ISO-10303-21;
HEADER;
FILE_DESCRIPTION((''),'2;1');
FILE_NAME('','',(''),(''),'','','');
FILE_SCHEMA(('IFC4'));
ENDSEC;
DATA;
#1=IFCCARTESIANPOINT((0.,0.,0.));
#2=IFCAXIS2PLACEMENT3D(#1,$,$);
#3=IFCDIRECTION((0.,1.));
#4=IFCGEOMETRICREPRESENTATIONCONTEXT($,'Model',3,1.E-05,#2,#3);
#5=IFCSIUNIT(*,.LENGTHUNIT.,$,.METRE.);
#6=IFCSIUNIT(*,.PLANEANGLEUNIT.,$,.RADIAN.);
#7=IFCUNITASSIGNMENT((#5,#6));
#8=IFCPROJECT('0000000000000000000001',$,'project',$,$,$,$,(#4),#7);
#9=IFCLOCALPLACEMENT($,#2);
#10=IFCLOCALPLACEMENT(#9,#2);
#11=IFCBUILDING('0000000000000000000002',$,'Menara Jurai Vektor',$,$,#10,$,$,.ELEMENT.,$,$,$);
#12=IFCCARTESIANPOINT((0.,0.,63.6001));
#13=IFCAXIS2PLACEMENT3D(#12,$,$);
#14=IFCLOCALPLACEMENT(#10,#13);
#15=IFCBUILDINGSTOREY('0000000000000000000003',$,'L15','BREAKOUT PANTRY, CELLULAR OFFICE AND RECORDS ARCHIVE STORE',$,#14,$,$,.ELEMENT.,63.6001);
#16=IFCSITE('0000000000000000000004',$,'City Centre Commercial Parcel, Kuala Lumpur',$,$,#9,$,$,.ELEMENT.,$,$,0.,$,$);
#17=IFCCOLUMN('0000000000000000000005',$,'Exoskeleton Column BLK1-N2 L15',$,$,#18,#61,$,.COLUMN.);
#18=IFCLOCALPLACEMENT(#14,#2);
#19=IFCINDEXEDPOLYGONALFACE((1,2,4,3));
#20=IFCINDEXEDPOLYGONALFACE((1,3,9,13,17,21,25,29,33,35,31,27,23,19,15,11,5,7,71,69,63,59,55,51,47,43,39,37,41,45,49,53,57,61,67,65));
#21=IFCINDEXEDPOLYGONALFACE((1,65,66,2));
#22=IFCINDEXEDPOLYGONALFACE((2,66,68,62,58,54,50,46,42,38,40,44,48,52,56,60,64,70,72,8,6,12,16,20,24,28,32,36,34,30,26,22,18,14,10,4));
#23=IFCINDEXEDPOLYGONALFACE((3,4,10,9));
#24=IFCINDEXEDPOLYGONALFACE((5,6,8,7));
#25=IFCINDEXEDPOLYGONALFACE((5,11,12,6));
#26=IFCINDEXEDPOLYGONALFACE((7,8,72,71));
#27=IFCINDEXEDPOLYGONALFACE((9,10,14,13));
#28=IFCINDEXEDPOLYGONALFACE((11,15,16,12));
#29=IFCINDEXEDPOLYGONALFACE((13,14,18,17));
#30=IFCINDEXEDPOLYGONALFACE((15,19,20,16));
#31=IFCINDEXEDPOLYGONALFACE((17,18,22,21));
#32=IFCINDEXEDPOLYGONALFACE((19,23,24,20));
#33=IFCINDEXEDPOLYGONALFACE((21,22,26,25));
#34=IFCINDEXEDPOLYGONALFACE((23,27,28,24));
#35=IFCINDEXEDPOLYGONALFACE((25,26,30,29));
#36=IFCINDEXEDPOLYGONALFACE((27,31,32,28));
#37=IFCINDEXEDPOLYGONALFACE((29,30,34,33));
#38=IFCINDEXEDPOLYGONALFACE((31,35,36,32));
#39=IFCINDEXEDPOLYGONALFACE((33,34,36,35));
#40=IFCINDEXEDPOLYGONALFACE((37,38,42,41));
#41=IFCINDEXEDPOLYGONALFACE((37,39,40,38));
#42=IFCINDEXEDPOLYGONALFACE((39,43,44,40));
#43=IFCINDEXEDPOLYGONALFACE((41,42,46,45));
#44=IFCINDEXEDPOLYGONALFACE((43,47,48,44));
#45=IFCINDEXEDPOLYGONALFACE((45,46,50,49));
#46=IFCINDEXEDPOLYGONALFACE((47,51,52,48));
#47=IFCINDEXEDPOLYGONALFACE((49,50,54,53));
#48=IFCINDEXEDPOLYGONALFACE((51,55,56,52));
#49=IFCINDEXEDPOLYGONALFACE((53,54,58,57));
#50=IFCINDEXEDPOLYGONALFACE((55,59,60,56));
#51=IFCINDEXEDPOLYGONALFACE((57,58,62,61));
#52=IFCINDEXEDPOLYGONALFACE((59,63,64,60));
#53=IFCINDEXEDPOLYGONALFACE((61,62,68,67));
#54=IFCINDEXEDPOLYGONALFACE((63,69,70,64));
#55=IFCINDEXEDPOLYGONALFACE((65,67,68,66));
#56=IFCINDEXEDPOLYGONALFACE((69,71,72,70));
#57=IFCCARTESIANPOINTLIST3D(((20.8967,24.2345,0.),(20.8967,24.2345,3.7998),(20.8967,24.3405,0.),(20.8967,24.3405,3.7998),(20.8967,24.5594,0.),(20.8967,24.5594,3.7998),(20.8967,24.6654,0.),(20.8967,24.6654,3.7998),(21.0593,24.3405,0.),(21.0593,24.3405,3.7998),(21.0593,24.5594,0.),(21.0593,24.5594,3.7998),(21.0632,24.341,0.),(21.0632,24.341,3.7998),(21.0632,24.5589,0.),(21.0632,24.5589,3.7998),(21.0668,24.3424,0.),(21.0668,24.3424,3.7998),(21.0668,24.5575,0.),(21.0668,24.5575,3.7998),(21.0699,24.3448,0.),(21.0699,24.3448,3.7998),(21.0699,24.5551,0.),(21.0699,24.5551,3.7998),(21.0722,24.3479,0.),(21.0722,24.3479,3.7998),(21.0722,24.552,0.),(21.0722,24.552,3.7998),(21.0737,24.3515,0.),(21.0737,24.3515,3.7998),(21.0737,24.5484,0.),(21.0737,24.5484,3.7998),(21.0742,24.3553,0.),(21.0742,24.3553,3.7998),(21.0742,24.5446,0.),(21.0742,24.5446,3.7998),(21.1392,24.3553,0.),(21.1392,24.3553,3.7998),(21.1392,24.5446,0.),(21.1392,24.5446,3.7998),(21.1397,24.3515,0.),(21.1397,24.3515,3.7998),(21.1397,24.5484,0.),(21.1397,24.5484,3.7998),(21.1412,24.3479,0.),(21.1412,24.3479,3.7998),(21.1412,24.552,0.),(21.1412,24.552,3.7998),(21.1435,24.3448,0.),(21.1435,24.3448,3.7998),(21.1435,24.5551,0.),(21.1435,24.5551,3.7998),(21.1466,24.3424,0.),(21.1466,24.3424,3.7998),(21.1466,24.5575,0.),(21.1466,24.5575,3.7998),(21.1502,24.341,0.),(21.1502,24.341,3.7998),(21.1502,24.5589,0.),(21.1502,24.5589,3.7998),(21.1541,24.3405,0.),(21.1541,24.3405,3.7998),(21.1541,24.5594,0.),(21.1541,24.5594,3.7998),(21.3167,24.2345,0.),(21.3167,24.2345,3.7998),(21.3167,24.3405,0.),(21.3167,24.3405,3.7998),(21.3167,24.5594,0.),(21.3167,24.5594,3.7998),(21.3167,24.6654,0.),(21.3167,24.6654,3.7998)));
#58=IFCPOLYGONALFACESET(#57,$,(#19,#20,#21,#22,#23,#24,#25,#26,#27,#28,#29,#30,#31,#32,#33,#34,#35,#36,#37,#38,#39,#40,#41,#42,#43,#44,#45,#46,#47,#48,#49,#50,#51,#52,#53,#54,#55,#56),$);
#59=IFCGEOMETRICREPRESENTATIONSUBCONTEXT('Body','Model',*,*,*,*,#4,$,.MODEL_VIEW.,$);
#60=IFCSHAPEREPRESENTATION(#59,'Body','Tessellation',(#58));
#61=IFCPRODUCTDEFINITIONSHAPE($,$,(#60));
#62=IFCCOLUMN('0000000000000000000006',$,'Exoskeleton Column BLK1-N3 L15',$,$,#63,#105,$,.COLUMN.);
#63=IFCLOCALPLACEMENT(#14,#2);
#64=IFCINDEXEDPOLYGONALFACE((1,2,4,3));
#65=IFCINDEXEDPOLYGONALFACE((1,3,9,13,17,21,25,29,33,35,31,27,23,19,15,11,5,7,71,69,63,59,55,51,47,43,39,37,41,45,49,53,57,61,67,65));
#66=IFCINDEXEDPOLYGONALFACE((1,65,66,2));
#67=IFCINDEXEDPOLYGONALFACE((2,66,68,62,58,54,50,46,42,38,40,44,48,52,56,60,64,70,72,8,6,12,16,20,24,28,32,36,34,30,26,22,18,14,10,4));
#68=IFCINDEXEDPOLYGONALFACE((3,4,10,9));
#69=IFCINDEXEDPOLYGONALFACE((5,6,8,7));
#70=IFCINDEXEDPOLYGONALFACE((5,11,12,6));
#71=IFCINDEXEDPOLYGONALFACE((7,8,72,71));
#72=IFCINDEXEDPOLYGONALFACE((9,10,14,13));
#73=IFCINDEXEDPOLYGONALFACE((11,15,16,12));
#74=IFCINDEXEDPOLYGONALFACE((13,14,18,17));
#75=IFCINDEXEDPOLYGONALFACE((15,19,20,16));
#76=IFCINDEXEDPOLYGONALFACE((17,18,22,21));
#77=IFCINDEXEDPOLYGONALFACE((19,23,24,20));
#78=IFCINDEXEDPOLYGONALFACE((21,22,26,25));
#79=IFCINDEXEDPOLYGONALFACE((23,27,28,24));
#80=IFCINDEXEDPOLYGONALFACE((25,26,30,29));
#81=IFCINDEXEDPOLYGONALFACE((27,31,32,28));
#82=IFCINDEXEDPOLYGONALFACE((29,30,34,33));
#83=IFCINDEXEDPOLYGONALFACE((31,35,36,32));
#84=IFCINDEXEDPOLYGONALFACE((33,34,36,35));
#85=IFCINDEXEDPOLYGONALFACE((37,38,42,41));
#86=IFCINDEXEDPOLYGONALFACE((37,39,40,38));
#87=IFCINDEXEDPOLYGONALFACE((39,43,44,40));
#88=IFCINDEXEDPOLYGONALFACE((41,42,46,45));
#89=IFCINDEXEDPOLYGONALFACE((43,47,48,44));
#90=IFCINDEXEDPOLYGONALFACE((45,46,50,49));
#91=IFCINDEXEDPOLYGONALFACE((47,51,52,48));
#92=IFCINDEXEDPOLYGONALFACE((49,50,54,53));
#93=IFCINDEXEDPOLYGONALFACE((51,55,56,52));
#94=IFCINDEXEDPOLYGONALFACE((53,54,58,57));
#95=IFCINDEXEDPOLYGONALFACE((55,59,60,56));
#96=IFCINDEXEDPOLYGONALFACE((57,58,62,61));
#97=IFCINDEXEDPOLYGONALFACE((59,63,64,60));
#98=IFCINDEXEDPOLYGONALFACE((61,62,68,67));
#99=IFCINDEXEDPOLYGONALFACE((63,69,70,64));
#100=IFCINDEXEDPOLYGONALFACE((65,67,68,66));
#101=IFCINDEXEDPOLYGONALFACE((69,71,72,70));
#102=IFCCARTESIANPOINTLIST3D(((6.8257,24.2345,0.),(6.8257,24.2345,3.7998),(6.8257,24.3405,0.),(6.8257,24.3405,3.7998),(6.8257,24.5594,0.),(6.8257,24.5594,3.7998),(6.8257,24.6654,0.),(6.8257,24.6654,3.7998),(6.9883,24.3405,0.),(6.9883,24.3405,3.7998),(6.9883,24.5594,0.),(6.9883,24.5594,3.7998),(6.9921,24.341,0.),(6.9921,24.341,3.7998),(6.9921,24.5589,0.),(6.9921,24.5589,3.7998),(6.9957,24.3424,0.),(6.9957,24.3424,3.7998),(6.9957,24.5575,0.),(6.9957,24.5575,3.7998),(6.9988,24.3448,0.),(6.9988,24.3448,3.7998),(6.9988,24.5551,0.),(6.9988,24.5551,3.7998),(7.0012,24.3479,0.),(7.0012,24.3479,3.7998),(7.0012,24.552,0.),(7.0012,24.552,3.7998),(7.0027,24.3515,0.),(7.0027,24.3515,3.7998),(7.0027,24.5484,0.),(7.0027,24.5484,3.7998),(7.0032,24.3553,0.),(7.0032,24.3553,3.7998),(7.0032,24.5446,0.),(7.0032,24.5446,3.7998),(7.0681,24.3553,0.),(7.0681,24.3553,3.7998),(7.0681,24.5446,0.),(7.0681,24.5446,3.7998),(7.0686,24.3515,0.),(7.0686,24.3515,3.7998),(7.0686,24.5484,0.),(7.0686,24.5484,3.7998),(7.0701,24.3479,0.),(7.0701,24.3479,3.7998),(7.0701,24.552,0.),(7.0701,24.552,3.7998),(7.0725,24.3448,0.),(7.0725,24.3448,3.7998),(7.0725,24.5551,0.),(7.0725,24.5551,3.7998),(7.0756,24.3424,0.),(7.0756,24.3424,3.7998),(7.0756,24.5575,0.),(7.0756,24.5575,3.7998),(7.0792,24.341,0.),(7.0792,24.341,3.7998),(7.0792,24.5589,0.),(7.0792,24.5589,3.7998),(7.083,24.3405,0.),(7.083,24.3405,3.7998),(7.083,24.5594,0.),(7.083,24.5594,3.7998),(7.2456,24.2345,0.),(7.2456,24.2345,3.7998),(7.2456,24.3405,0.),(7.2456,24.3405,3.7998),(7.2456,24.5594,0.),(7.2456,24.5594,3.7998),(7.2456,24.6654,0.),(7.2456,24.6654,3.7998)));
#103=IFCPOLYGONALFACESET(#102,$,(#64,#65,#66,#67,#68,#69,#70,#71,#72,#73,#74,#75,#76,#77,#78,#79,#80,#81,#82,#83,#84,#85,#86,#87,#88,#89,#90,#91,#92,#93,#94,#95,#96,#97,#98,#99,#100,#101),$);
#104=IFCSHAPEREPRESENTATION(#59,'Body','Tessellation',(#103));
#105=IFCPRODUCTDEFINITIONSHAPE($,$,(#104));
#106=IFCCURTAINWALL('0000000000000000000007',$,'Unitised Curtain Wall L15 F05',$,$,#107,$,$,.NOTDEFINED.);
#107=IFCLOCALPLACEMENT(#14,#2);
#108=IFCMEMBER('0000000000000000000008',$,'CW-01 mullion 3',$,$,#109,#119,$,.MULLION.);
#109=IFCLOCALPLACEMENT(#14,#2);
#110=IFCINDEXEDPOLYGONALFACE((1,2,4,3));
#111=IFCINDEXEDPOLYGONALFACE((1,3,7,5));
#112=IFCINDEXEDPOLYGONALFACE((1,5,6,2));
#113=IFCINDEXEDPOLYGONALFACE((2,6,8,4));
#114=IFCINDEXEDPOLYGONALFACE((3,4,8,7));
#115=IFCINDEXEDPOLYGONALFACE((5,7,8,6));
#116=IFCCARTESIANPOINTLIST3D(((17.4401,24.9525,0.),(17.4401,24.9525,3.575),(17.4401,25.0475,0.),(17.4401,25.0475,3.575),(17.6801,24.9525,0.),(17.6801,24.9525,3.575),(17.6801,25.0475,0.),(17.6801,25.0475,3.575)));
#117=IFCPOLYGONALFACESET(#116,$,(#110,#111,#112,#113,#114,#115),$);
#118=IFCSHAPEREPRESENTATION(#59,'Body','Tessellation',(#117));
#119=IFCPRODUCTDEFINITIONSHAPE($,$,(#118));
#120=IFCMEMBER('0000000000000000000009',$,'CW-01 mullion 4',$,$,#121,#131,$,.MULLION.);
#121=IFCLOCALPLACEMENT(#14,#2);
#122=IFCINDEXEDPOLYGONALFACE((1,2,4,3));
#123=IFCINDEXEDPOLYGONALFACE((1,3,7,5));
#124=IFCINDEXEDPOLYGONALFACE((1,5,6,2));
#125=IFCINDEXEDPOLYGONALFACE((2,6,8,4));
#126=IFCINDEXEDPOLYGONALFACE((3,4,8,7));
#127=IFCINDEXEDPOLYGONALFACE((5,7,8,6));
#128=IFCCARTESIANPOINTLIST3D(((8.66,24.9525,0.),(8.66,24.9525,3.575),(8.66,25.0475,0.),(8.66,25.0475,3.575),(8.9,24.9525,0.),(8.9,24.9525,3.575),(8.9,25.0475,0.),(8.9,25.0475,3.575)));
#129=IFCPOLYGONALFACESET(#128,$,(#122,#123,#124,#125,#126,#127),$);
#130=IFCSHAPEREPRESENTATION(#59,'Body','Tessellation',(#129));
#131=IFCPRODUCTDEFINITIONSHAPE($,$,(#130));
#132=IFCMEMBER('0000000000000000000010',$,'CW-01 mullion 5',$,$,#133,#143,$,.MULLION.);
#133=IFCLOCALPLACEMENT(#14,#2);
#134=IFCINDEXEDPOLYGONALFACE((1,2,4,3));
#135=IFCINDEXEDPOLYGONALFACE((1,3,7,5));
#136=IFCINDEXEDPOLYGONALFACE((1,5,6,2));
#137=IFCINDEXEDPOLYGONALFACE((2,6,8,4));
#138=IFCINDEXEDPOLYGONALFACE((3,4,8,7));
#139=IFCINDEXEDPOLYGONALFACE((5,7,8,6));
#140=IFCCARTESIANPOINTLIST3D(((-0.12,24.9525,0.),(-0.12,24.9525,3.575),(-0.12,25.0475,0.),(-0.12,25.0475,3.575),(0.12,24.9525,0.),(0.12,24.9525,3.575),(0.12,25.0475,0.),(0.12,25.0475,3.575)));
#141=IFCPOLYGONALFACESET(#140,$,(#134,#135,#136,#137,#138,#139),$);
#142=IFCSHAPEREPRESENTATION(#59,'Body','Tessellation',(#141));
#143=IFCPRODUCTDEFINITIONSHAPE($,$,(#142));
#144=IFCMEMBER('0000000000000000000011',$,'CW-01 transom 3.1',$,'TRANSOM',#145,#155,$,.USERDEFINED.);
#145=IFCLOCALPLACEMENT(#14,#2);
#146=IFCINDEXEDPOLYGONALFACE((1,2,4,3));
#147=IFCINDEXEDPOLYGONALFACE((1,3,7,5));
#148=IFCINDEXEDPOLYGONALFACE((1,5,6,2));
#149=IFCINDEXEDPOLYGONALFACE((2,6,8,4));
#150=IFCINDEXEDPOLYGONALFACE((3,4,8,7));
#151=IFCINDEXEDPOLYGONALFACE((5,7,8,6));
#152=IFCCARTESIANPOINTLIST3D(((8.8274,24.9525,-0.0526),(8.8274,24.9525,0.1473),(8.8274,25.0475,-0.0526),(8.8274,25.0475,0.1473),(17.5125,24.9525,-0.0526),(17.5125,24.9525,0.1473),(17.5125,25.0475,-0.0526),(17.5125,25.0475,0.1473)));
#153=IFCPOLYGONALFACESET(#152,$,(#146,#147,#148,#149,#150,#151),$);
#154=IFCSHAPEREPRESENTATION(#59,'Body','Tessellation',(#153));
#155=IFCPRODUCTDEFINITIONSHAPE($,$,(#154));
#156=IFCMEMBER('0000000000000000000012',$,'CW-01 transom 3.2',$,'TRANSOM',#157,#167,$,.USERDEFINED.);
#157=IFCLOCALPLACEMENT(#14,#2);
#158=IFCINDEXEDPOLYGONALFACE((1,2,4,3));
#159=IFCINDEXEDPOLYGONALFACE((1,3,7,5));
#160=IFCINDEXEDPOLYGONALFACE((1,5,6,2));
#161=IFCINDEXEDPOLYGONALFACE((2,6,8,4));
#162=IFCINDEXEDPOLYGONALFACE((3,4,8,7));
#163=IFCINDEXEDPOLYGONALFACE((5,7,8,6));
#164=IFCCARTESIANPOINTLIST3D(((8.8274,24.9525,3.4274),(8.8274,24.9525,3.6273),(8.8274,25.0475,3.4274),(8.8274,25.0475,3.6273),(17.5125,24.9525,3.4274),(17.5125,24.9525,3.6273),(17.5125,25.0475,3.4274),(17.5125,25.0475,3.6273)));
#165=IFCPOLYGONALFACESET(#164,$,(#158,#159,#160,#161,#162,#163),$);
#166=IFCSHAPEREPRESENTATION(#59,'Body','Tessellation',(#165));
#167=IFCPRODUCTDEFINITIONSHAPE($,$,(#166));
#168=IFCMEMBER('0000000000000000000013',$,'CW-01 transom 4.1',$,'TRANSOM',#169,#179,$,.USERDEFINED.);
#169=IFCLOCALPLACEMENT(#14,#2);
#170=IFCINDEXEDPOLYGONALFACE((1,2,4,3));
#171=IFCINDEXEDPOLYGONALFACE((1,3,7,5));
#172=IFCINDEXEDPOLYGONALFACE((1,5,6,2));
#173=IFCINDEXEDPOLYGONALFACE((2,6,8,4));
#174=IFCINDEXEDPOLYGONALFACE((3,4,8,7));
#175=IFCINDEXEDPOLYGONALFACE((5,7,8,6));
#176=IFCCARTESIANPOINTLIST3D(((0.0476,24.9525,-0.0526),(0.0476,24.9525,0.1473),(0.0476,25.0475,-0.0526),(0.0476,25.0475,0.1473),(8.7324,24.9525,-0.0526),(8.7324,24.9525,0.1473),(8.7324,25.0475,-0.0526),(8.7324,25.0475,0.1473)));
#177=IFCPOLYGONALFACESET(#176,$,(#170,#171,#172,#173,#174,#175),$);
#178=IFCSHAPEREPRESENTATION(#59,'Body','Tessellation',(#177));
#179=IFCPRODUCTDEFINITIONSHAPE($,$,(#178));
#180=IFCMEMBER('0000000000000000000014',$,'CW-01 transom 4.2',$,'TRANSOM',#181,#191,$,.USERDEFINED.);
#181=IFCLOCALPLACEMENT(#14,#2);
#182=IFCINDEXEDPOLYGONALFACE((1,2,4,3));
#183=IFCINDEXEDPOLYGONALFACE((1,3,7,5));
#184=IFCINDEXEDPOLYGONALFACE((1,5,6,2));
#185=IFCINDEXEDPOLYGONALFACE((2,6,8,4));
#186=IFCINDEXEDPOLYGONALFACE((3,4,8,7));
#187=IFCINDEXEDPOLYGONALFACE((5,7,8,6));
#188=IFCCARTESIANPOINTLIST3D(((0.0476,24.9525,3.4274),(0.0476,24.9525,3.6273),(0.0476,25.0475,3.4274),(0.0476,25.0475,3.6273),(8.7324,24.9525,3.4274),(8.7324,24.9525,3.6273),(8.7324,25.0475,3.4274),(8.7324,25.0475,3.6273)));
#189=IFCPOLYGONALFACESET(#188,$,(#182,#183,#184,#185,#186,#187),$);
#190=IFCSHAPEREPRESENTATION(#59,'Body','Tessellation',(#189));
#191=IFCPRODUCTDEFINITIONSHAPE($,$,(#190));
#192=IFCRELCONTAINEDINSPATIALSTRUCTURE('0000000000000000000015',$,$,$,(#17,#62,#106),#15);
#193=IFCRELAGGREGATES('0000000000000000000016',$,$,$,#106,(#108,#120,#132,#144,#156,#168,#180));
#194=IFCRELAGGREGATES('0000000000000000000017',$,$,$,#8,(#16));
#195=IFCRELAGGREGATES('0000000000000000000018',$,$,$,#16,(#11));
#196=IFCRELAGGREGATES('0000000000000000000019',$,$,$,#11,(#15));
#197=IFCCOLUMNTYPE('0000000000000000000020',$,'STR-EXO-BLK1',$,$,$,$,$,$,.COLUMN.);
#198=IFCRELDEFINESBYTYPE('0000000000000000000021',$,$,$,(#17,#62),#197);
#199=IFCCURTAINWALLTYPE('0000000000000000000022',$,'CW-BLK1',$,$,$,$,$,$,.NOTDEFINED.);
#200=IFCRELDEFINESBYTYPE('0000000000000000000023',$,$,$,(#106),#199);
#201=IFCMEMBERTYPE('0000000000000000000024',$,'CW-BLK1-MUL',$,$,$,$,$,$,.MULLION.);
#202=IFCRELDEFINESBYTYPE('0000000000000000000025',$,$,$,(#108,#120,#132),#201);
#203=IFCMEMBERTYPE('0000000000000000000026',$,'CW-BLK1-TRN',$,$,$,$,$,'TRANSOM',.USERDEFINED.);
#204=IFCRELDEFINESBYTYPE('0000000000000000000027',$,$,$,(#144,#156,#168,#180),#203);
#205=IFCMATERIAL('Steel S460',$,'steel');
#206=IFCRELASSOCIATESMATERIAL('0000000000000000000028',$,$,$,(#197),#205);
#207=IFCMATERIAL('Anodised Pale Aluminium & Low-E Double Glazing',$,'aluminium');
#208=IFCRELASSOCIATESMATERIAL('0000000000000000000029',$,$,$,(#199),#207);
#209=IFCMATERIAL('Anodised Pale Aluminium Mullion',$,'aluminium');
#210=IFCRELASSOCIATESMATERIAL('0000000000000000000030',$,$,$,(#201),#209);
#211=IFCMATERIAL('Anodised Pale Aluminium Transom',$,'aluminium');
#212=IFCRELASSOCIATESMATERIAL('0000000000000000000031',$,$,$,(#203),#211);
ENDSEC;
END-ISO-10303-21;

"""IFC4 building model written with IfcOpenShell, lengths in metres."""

from ifc_helpers import new_model, si_unit, direction, frame, origin, origin_2d, place, context, subcontext, project, spatial, rectangle, i_section, extrude, material, material_profile, profile_set, type_object, element, aggregate, save


model = new_model("IFC4")

# Units and contexts
model_context = context("Model", 3, precision=1e-05, world=origin(), true_north=direction((0.0, 1.0)))
body_context = subcontext(model_context, "Body", "Model", "MODEL_VIEW")
ifc_project = project(units=[si_unit("LENGTHUNIT", "METRE"), si_unit("PLANEANGLEUNIT", "RADIAN")], contexts=[model_context])

# Site, building, storey
site_placement = place(None, origin())
site = spatial("IfcSite", under=ifc_project, at=site_placement, Name="City Centre Commercial Parcel, Kuala Lumpur", CompositionType="ELEMENT", RefElevation=0.0)
building_placement = place(site_placement, origin())
building = spatial("IfcBuilding", under=site, at=building_placement, Name="Menara Jurai Vektor", CompositionType="ELEMENT")
storey_placement = place(building_placement, frame((0.0, 0.0, 63.6001)))
storey = spatial("IfcBuildingStorey", under=building, at=storey_placement, Name="L15", Description="BREAKOUT PANTRY, CELLULAR OFFICE AND RECORDS ARCHIVE STORE", CompositionType="ELEMENT", Elevation=63.6001)

# Columns
ifc_material_1 = material(Name="Steel S460", Category="steel")
ifc_material_profile_1 = material_profile(ifc_material_1, i_section(OverallWidth=0.4199, OverallDepth=0.4309, WebThickness=0.0649, FlangeThickness=0.106, FilletRadius=0.0149, at=origin_2d()), Name="HD 400x900")
ifc_profile_set_1 = profile_set([ifc_material_profile_1], Name="Steel S460")
column_type = type_object("IfcColumnType", Name="STR-EXO-BLK1", PredefinedType="COLUMN", material=ifc_profile_set_1)
for number, where, z_axis, x_axis, name in (
    (1, (21.1067, 24.45, 0.0), (0.0, 0.0, 1.0), (1.0, 0.0, 0.0), "Exoskeleton Column BLK1-N2 L15"),
    (2, (7.0356, 24.45, 0.0), (0.0, 0.0, 1.0), (1.0, 0.0, 0.0), "Exoskeleton Column BLK1-N3 L15"),
):
    element("IfcColumn", number, at=place(storey_placement, frame(where, z_axis=z_axis, x_axis=x_axis)), inside=storey, type_object=column_type, Name=name, PredefinedType="COLUMN", context=body_context, shape_type="SweptSolid", body=[
        extrude(i_section(OverallWidth=0.4199, OverallDepth=0.4309, WebThickness=0.0649, FlangeThickness=0.106, FilletRadius=0.0149, at=origin_2d()), origin(), (0.0, 0.0, 1.0), 3.7998),
    ])

# Curtain wall, members
ifc_material_2 = material(Name="Anodised Pale Aluminium & Low-E Double Glazing", Category="aluminium")
curtain_wall_type = type_object("IfcCurtainWallType", Name="CW-BLK1", PredefinedType="NOTDEFINED", material=ifc_material_2)
curtain_wall_placement = place(storey_placement, origin())
curtain_wall = element("IfcCurtainWall", 3, at=curtain_wall_placement, inside=storey, type_object=curtain_wall_type, Name="Unitised Curtain Wall L15 F05", PredefinedType="NOTDEFINED")
ifc_material_3 = material(Name="Anodised Pale Aluminium Mullion", Category="aluminium")
ifc_material_profile_2 = material_profile(ifc_material_3, rectangle(XDim=0.095, YDim=0.24, at=origin_2d()), Name="ALU MUL 95x240")
ifc_profile_set_2 = profile_set([ifc_material_profile_2], Name="Anodised Pale Aluminium Mullion")
member_type_1 = type_object("IfcMemberType", Name="CW-BLK1-MUL", PredefinedType="MULLION", material=ifc_profile_set_2)
member_1_placement = place(storey_placement, frame((17.5601, 25.0, 0.0), z_axis=(0.0, 0.0, 1.0), x_axis=(0.0, -1.0, 0.0)))
member_1 = element("IfcMember", 4, at=member_1_placement, type_object=member_type_1, Name="CW-01 mullion 3", PredefinedType="MULLION", context=body_context, shape_type="SweptSolid", body=[
    extrude(rectangle(XDim=0.095, YDim=0.24, at=origin_2d()), origin(), (0.0, 0.0, 1.0), 3.575),
])
member_2_placement = place(storey_placement, frame((8.78, 25.0, 0.0), z_axis=(0.0, 0.0, 1.0), x_axis=(0.0, -1.0, 0.0)))
member_2 = element("IfcMember", 5, at=member_2_placement, type_object=member_type_1, Name="CW-01 mullion 4", PredefinedType="MULLION", context=body_context, shape_type="SweptSolid", body=[
    extrude(rectangle(XDim=0.095, YDim=0.24, at=origin_2d()), origin(), (0.0, 0.0, 1.0), 3.575),
])
member_3_placement = place(storey_placement, frame((0.0, 25.0, 0.0), z_axis=(0.0, 0.0, 1.0), x_axis=(0.0, -1.0, 0.0)))
member_3 = element("IfcMember", 6, at=member_3_placement, type_object=member_type_1, Name="CW-01 mullion 5", PredefinedType="MULLION", context=body_context, shape_type="SweptSolid", body=[
    extrude(rectangle(XDim=0.095, YDim=0.24, at=origin_2d()), origin(), (0.0, 0.0, 1.0), 3.575),
])
ifc_material_4 = material(Name="Anodised Pale Aluminium Transom", Category="aluminium")
ifc_material_profile_3 = material_profile(ifc_material_4, rectangle(XDim=0.095, YDim=0.2, at=origin_2d()), Name="ALU TRN 95x200")
ifc_profile_set_3 = profile_set([ifc_material_profile_3], Name="Anodised Pale Aluminium Transom")
member_type_2 = type_object("IfcMemberType", Name="CW-BLK1-TRN", ElementType="TRANSOM", PredefinedType="USERDEFINED", material=ifc_profile_set_3)
member_4_placement = place(storey_placement, frame((17.5125, 25.0, 0.0474), z_axis=(-1.0, 0.0, 0.0), x_axis=(0.0, -1.0, 0.0)))
member_4 = element("IfcMember", 7, at=member_4_placement, type_object=member_type_2, Name="CW-01 transom 3.1", ObjectType="TRANSOM", PredefinedType="USERDEFINED", context=body_context, shape_type="SweptSolid", body=[
    extrude(rectangle(XDim=0.095, YDim=0.2, at=origin_2d()), origin(), (0.0, 0.0, 1.0), 8.6851),
])
member_5_placement = place(storey_placement, frame((17.5125, 25.0, 3.5273), z_axis=(-1.0, 0.0, 0.0), x_axis=(0.0, -1.0, 0.0)))
member_5 = element("IfcMember", 8, at=member_5_placement, type_object=member_type_2, Name="CW-01 transom 3.2", ObjectType="TRANSOM", PredefinedType="USERDEFINED", context=body_context, shape_type="SweptSolid", body=[
    extrude(rectangle(XDim=0.095, YDim=0.2, at=origin_2d()), origin(), (0.0, 0.0, 1.0), 8.6851),
])
member_6_placement = place(storey_placement, frame((8.7324, 25.0, 0.0474), z_axis=(-1.0, 0.0, 0.0), x_axis=(0.0, -1.0, 0.0)))
member_6 = element("IfcMember", 9, at=member_6_placement, type_object=member_type_2, Name="CW-01 transom 4.1", ObjectType="TRANSOM", PredefinedType="USERDEFINED", context=body_context, shape_type="SweptSolid", body=[
    extrude(rectangle(XDim=0.095, YDim=0.2, at=origin_2d()), origin(), (0.0, 0.0, 1.0), 8.6848),
])
member_7_placement = place(storey_placement, frame((8.7324, 25.0, 3.5273), z_axis=(-1.0, 0.0, 0.0), x_axis=(0.0, -1.0, 0.0)))
member_7 = element("IfcMember", 10, at=member_7_placement, type_object=member_type_2, Name="CW-01 transom 4.2", ObjectType="TRANSOM", PredefinedType="USERDEFINED", context=body_context, shape_type="SweptSolid", body=[
    extrude(rectangle(XDim=0.095, YDim=0.2, at=origin_2d()), origin(), (0.0, 0.0, 1.0), 8.6848),
])

aggregate(curtain_wall, [member_1, member_2, member_3, member_4, member_5, member_6, member_7])

save(model, "model.ifc")
